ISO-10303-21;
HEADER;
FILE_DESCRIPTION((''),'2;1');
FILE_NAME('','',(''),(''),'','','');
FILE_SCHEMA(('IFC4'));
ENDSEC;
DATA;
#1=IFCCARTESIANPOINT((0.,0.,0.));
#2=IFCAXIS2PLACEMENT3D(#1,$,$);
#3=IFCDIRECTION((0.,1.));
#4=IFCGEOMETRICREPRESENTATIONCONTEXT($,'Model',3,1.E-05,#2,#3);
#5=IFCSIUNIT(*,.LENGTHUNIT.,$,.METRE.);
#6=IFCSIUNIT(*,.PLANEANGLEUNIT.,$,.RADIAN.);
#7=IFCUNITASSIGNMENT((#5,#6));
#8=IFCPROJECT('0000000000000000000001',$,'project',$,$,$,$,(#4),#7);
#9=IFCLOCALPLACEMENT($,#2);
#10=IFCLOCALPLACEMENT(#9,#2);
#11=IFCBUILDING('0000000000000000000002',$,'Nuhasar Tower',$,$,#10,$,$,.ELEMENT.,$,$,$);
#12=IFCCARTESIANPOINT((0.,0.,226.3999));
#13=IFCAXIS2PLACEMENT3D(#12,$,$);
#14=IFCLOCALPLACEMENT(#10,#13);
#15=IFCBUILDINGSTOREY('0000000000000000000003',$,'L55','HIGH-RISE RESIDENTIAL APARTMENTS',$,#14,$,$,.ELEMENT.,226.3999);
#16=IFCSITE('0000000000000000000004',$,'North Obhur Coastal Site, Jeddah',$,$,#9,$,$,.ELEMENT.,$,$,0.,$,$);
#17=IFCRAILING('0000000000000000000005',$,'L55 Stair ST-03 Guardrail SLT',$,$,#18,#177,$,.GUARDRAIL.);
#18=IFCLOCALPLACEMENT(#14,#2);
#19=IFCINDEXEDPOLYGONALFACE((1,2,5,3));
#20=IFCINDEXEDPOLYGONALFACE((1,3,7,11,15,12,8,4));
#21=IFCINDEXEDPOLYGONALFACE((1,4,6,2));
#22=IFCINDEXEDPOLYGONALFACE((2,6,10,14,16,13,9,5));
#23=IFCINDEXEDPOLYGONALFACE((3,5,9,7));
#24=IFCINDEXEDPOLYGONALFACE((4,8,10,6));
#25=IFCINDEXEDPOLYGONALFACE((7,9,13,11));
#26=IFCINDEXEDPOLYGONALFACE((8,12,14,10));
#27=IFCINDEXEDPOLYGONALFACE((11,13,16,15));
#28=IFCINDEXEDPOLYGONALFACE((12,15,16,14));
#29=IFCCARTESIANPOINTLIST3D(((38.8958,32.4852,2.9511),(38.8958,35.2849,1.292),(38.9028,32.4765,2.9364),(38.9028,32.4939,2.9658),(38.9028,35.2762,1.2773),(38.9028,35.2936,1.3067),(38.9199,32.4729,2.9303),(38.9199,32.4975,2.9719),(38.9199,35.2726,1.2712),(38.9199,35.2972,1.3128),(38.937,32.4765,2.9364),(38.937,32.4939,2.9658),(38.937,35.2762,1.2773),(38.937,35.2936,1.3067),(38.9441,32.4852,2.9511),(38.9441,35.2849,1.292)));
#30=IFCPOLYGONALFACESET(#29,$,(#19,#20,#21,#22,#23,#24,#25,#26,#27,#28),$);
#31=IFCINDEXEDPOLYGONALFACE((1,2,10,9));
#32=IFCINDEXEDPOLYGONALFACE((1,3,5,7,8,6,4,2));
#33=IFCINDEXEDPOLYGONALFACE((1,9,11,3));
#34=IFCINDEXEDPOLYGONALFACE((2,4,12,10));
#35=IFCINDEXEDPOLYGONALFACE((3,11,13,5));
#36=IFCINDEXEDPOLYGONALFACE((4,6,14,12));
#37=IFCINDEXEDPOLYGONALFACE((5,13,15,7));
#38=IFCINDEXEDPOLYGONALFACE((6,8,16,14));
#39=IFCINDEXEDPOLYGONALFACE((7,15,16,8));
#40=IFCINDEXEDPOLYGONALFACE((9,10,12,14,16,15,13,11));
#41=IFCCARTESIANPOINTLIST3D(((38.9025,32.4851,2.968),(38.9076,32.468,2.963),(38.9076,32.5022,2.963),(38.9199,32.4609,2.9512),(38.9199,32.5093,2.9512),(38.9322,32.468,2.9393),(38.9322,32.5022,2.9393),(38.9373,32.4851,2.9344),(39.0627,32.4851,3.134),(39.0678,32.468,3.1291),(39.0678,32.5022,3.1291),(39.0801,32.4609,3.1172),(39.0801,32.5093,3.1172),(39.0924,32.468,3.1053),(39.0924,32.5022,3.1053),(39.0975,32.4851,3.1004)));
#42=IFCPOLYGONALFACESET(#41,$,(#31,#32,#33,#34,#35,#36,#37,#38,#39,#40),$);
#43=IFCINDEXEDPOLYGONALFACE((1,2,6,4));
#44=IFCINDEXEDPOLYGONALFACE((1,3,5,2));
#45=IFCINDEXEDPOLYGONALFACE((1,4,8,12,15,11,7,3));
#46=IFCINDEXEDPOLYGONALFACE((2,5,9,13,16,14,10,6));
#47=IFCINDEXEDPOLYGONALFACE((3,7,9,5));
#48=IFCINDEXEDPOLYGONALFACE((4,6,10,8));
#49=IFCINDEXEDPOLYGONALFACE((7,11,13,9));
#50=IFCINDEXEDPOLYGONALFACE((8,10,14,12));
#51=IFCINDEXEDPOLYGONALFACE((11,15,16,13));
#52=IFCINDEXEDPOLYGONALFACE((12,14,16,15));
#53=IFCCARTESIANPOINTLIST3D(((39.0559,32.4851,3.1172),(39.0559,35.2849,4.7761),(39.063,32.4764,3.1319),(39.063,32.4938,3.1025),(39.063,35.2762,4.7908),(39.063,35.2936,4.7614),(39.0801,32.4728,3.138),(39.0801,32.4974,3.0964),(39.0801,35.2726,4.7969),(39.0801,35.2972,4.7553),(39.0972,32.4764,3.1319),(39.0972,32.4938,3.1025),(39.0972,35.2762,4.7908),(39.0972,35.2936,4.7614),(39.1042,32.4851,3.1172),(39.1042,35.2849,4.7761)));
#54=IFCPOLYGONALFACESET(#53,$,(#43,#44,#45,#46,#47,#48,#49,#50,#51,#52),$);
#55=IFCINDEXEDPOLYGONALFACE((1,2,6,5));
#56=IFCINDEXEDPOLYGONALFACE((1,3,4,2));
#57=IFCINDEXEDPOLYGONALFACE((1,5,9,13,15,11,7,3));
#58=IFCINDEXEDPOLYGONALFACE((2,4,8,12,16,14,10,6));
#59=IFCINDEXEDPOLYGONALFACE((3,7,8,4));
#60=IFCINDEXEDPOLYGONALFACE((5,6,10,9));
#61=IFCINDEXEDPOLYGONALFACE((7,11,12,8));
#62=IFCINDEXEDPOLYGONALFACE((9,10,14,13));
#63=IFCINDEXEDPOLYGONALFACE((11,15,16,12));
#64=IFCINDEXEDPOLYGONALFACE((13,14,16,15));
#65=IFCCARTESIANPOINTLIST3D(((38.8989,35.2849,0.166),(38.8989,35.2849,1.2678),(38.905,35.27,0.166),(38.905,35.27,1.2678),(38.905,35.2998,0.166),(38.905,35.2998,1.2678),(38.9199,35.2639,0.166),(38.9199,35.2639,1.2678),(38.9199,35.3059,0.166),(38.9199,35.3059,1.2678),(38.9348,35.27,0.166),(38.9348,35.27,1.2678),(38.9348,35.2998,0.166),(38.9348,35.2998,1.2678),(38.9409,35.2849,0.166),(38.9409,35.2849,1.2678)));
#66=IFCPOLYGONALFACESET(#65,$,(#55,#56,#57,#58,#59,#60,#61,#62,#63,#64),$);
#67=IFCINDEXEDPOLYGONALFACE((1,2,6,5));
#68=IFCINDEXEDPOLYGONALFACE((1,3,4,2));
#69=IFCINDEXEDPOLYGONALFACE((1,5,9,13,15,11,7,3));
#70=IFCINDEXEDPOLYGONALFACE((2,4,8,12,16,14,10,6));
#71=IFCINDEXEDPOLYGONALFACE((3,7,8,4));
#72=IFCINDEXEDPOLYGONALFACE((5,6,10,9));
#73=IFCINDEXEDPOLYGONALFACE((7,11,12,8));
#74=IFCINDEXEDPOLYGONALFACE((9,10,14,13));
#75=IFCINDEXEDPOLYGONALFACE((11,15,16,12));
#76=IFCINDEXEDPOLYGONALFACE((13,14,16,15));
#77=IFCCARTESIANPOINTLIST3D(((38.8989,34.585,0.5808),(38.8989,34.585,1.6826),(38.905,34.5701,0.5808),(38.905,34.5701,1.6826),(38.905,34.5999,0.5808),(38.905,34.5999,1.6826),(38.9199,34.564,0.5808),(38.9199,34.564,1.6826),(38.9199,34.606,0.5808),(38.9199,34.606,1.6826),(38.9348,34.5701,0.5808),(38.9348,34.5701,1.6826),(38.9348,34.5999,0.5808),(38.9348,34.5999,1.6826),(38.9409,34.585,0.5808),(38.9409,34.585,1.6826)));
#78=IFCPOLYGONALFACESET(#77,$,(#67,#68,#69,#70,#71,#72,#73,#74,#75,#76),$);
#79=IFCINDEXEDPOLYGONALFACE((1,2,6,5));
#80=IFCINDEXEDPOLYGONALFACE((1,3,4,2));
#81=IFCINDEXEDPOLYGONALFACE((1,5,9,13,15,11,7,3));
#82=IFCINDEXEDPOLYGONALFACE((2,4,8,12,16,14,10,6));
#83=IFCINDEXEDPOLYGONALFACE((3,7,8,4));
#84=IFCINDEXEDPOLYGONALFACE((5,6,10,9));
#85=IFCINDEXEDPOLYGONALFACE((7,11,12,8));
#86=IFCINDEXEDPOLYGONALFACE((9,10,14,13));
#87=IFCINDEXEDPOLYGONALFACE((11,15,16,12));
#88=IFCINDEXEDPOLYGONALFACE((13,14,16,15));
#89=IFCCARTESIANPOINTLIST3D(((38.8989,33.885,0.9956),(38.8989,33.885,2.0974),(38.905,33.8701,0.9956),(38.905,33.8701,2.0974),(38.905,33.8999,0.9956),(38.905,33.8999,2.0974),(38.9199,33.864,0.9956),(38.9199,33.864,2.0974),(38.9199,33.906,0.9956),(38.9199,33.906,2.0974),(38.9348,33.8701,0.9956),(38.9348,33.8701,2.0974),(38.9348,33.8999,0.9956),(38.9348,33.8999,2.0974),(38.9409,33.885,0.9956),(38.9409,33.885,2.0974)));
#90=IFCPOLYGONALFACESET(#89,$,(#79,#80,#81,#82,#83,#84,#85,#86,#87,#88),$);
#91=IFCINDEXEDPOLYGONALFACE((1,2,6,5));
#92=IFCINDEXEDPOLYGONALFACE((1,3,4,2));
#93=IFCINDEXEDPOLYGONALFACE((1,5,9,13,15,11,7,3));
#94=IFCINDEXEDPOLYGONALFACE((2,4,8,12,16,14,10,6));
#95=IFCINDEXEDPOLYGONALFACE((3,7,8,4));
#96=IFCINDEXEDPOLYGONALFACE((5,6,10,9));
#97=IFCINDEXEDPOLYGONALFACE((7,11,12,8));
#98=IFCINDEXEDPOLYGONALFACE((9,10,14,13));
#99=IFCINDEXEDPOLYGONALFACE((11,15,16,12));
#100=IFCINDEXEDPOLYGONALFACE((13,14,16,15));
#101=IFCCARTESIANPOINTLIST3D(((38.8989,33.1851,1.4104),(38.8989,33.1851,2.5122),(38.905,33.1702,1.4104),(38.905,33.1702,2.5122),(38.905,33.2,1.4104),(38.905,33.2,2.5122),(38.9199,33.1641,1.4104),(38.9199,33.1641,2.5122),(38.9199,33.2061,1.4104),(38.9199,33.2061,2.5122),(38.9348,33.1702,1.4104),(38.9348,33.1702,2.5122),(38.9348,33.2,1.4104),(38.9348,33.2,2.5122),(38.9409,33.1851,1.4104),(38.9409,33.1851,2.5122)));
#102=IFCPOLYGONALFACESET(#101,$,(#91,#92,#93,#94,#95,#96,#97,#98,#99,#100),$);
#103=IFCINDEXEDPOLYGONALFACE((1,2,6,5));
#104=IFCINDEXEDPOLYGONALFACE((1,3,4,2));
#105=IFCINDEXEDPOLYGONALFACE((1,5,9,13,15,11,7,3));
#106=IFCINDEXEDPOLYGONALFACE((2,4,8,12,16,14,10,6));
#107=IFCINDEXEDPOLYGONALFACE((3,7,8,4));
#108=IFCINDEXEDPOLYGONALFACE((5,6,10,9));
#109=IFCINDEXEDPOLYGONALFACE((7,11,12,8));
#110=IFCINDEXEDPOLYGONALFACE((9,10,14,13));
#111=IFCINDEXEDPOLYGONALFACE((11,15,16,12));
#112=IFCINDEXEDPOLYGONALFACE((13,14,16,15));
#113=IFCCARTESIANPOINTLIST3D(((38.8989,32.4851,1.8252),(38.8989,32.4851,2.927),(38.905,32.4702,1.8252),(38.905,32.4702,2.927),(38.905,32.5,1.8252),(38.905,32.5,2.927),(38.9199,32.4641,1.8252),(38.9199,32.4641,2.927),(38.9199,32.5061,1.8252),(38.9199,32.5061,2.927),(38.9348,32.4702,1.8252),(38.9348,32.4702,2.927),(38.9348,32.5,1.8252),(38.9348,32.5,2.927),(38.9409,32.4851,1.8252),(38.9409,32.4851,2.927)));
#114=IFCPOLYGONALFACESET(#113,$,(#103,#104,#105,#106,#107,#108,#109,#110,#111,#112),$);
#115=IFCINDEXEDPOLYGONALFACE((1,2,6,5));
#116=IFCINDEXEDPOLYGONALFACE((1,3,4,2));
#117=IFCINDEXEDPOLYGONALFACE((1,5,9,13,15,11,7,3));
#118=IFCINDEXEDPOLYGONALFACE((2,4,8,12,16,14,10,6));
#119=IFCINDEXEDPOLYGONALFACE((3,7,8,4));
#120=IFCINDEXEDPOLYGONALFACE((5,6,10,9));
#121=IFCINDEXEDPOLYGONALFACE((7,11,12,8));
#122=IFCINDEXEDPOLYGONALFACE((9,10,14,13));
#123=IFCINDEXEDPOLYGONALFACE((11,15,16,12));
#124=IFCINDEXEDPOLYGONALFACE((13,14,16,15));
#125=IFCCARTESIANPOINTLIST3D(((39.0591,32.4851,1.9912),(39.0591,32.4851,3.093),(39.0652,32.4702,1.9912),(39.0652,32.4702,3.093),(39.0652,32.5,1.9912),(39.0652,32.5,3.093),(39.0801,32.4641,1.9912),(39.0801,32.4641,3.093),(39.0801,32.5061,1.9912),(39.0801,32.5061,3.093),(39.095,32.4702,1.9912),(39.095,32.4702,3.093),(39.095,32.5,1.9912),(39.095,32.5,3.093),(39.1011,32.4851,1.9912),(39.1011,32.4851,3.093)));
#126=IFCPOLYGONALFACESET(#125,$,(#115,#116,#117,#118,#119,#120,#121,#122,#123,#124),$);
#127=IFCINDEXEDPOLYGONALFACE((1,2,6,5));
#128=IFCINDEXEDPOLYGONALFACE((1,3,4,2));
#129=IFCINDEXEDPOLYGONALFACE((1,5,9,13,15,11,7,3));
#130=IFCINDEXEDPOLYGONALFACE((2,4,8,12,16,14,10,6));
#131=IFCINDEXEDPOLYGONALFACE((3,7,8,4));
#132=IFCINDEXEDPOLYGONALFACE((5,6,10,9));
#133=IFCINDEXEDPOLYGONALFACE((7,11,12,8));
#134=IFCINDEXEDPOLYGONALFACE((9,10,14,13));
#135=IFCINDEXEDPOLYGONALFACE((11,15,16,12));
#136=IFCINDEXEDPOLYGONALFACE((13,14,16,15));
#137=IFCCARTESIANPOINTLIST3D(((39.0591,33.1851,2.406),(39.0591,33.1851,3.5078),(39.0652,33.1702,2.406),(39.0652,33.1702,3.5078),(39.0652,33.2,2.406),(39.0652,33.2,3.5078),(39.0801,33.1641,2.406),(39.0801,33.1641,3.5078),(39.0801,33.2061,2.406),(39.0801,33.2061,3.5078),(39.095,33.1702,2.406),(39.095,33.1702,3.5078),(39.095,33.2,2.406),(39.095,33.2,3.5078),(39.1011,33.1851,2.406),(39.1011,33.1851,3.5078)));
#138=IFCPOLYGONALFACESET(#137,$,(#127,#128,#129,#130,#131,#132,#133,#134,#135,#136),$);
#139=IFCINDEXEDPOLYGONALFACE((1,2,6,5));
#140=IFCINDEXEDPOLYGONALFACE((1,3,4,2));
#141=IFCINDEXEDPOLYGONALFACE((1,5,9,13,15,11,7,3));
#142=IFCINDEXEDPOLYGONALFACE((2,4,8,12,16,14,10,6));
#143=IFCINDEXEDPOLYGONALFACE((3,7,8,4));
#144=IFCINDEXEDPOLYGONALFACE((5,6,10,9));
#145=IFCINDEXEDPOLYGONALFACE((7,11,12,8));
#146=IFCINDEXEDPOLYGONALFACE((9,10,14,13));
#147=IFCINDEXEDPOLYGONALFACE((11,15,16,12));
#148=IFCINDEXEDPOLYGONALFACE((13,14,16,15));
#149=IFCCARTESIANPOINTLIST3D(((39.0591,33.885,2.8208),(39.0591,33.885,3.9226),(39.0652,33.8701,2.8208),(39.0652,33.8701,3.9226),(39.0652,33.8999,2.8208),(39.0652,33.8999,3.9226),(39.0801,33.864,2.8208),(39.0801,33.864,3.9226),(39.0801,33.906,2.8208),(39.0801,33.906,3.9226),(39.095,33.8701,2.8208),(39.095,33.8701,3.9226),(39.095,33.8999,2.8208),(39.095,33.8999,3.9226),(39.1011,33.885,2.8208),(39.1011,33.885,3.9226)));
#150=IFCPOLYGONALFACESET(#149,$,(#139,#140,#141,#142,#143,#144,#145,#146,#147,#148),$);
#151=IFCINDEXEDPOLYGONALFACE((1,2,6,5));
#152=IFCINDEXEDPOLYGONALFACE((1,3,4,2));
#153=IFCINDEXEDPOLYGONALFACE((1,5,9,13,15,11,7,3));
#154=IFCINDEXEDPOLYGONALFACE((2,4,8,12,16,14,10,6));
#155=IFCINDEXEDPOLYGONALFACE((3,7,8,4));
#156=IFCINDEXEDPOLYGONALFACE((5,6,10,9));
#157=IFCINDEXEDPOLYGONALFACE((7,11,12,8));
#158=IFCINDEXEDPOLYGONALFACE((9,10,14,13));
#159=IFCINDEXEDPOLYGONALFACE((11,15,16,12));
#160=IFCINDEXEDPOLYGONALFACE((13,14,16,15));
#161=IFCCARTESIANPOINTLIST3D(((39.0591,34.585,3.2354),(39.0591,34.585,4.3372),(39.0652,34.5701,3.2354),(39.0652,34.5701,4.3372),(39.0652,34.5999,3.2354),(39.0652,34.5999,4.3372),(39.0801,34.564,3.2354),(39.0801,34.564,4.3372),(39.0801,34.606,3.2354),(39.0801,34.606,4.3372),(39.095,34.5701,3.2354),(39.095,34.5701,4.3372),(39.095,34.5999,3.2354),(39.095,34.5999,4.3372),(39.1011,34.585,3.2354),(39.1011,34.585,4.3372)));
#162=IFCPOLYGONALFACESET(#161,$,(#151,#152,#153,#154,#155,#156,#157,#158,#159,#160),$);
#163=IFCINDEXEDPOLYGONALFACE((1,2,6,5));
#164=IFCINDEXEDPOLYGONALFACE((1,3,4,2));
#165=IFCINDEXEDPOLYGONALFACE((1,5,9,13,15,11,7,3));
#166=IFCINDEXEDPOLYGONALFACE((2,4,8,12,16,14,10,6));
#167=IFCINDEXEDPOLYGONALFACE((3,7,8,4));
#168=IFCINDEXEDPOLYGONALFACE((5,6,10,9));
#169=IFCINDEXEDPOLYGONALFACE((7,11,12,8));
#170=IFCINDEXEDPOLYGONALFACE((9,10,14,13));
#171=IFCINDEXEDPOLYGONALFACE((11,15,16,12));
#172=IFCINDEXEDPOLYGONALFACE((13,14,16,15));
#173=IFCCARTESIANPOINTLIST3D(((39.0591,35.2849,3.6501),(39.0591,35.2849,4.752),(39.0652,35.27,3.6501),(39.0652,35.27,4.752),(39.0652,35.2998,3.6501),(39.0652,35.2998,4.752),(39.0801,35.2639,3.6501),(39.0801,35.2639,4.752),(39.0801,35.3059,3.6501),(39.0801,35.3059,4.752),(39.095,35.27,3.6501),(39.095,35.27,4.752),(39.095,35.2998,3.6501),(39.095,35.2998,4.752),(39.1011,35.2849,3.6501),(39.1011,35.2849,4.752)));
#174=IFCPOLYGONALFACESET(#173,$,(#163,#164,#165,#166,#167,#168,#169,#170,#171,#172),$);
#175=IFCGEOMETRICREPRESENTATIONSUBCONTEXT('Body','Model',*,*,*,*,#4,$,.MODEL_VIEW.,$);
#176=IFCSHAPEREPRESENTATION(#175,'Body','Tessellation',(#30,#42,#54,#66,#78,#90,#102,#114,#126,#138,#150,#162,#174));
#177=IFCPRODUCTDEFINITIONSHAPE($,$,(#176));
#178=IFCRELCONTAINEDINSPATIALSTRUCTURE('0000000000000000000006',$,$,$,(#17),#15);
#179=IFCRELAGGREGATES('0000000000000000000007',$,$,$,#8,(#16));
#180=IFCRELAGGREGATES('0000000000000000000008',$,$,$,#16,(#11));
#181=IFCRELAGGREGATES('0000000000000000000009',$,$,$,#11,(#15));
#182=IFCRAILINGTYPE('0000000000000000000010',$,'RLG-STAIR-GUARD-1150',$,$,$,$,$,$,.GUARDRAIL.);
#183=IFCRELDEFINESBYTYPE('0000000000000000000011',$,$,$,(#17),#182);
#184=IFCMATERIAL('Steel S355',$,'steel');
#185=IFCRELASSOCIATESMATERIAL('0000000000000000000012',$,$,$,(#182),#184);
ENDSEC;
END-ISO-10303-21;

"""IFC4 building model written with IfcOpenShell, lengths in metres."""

from ifc_helpers import new_model, si_unit, direction, frame, origin, place, context, subcontext, project, spatial, polyline, outline, extrude, material, type_object, element, save


model = new_model("IFC4")

# Units and contexts
model_context = context("Model", 3, precision=1e-05, world=origin(), true_north=direction((0.0, 1.0)))
body_context = subcontext(model_context, "Body", "Model", "MODEL_VIEW")
ifc_project = project(units=[si_unit("LENGTHUNIT", "METRE"), si_unit("PLANEANGLEUNIT", "RADIAN")], contexts=[model_context])

# Site, building, storey
site_placement = place(None, origin())
site = spatial("IfcSite", under=ifc_project, at=site_placement, Name="North Obhur Coastal Site, Jeddah", CompositionType="ELEMENT", RefElevation=0.0)
building_placement = place(site_placement, origin())
building = spatial("IfcBuilding", under=site, at=building_placement, Name="Nuhasar Tower", CompositionType="ELEMENT")
storey_placement = place(building_placement, frame((0.0, 0.0, 226.3999)))
storey = spatial("IfcBuildingStorey", under=building, at=storey_placement, Name="L55", Description="HIGH-RISE RESIDENTIAL APARTMENTS", CompositionType="ELEMENT", Elevation=226.3999)

# Shared definitions
ifc_material_1 = material(Name="Steel S355", Category="steel")

# Railing
railing_type_1 = type_object("IfcRailingType", Name="RLG-STAIR-GUARD-1150", PredefinedType="GUARDRAIL", material=ifc_material_1)
railing_1_placement = place(storey_placement, frame((38.9199, 35.2849, 0.166)))
element("IfcRailing", 1, at=railing_1_placement, inside=storey, type_object=railing_type_1, Name="L55 Stair ST-03 Guardrail SLT", PredefinedType="GUARDRAIL", context=body_context, shape_type="SweptSolid", body=[
    extrude(outline(polyline([(0.0242, 0.0), (0.0171, 0.0171), (0.0, 0.0242), (-0.0171, 0.0171), (-0.0242, 0.0), (-0.0171, -0.0171), (0.0, -0.0242), (0.0171, -0.0171), (0.0242, 0.0)])), frame((0.0, 0.0, 1.126), z_axis=(0.0, -0.860287, 0.509811), x_axis=(1.0, 0.0, 0.0)), (0.0, 0.0, 1.0), 3.2544),
    extrude(outline(polyline([(0.0242, 0.0), (0.0171, 0.0171), (0.0, 0.0242), (-0.0171, 0.0171), (-0.0242, 0.0), (-0.0171, -0.0171), (0.0, -0.0242), (0.0171, -0.0171), (0.0242, 0.0)])), frame((0.0, -2.7998, 2.7852), z_axis=(0.694292, 0.0, 0.719693), x_axis=(0.0, 1.0, 0.0)), (0.0, 0.0, 1.0), 0.2307),
    extrude(outline(polyline([(0.0242, 0.0), (0.0171, 0.0171), (0.0, 0.0242), (-0.0171, 0.0171), (-0.0242, 0.0), (-0.0171, -0.0171), (0.0, -0.0242), (0.0171, -0.0171), (0.0242, 0.0)])), frame((0.1602, -2.7998, 2.9512), z_axis=(0.0, 0.86032, 0.509755), x_axis=(-1.0, 0.0, 0.0)), (0.0, 0.0, 1.0), 3.2544),
    extrude(outline(polyline([(0.021, 0.0), (0.0149, 0.0149), (0.0, 0.021), (-0.0149, 0.0149), (-0.021, 0.0), (-0.0149, -0.0149), (0.0, -0.021), (0.0149, -0.0149), (0.021, 0.0)])), origin(), (0.0, 0.0, 1.0), 1.1018),
    extrude(outline(polyline([(0.021, 0.0), (0.0149, 0.0149), (0.0, 0.021), (-0.0149, 0.0149), (-0.021, 0.0), (-0.0149, -0.0149), (0.0, -0.021), (0.0149, -0.0149), (0.021, 0.0)])), frame((0.0, -0.7, 0.4148)), (0.0, 0.0, 1.0), 1.1018),
    extrude(outline(polyline([(0.021, 0.0), (0.0149, 0.0149), (0.0, 0.021), (-0.0149, 0.0149), (-0.021, 0.0), (-0.0149, -0.0149), (0.0, -0.021), (0.0149, -0.0149), (0.021, 0.0)])), frame((0.0, -1.3999, 0.8296)), (0.0, 0.0, 1.0), 1.1018),
    extrude(outline(polyline([(0.021, 0.0), (0.0149, 0.0149), (0.0, 0.021), (-0.0149, 0.0149), (-0.021, 0.0), (-0.0149, -0.0149), (0.0, -0.021), (0.0149, -0.0149), (0.021, 0.0)])), frame((0.0, -2.0999, 1.2444)), (0.0, 0.0, 1.0), 1.1018),
    extrude(outline(polyline([(0.021, 0.0), (0.0149, 0.0149), (0.0, 0.021), (-0.0149, 0.0149), (-0.021, 0.0), (-0.0149, -0.0149), (0.0, -0.021), (0.0149, -0.0149), (0.021, 0.0)])), frame((0.0, -2.7998, 1.6592)), (0.0, 0.0, 1.0), 1.1018),
    extrude(outline(polyline([(0.021, 0.0), (0.0149, 0.0149), (0.0, 0.021), (-0.0149, 0.0149), (-0.021, 0.0), (-0.0149, -0.0149), (0.0, -0.021), (0.0149, -0.0149), (0.021, 0.0)])), frame((0.1602, -2.7998, 1.8252)), (0.0, 0.0, 1.0), 1.1018),
    extrude(outline(polyline([(0.021, 0.0), (0.0149, 0.0149), (0.0, 0.021), (-0.0149, 0.0149), (-0.021, 0.0), (-0.0149, -0.0149), (0.0, -0.021), (0.0149, -0.0149), (0.021, 0.0)])), frame((0.1602, -2.0999, 2.24)), (0.0, 0.0, 1.0), 1.1018),
    extrude(outline(polyline([(0.021, 0.0), (0.0149, 0.0149), (0.0, 0.021), (-0.0149, 0.0149), (-0.021, 0.0), (-0.0149, -0.0149), (0.0, -0.021), (0.0149, -0.0149), (0.021, 0.0)])), frame((0.1602, -1.3999, 2.6548)), (0.0, 0.0, 1.0), 1.1018),
    extrude(outline(polyline([(0.021, 0.0), (0.0149, 0.0149), (0.0, 0.021), (-0.0149, 0.0149), (-0.021, 0.0), (-0.0149, -0.0149), (0.0, -0.021), (0.0149, -0.0149), (0.021, 0.0)])), frame((0.1602, -0.7, 3.0693)), (0.0, 0.0, 1.0), 1.1018),
    extrude(outline(polyline([(0.021, 0.0), (0.0149, 0.0149), (0.0, 0.021), (-0.0149, 0.0149), (-0.021, 0.0), (-0.0149, -0.0149), (0.0, -0.021), (0.0149, -0.0149), (0.021, 0.0)])), frame((0.1602, 0.0, 3.4841)), (0.0, 0.0, 1.0), 1.1018),
])

save(model, "model.ifc")
